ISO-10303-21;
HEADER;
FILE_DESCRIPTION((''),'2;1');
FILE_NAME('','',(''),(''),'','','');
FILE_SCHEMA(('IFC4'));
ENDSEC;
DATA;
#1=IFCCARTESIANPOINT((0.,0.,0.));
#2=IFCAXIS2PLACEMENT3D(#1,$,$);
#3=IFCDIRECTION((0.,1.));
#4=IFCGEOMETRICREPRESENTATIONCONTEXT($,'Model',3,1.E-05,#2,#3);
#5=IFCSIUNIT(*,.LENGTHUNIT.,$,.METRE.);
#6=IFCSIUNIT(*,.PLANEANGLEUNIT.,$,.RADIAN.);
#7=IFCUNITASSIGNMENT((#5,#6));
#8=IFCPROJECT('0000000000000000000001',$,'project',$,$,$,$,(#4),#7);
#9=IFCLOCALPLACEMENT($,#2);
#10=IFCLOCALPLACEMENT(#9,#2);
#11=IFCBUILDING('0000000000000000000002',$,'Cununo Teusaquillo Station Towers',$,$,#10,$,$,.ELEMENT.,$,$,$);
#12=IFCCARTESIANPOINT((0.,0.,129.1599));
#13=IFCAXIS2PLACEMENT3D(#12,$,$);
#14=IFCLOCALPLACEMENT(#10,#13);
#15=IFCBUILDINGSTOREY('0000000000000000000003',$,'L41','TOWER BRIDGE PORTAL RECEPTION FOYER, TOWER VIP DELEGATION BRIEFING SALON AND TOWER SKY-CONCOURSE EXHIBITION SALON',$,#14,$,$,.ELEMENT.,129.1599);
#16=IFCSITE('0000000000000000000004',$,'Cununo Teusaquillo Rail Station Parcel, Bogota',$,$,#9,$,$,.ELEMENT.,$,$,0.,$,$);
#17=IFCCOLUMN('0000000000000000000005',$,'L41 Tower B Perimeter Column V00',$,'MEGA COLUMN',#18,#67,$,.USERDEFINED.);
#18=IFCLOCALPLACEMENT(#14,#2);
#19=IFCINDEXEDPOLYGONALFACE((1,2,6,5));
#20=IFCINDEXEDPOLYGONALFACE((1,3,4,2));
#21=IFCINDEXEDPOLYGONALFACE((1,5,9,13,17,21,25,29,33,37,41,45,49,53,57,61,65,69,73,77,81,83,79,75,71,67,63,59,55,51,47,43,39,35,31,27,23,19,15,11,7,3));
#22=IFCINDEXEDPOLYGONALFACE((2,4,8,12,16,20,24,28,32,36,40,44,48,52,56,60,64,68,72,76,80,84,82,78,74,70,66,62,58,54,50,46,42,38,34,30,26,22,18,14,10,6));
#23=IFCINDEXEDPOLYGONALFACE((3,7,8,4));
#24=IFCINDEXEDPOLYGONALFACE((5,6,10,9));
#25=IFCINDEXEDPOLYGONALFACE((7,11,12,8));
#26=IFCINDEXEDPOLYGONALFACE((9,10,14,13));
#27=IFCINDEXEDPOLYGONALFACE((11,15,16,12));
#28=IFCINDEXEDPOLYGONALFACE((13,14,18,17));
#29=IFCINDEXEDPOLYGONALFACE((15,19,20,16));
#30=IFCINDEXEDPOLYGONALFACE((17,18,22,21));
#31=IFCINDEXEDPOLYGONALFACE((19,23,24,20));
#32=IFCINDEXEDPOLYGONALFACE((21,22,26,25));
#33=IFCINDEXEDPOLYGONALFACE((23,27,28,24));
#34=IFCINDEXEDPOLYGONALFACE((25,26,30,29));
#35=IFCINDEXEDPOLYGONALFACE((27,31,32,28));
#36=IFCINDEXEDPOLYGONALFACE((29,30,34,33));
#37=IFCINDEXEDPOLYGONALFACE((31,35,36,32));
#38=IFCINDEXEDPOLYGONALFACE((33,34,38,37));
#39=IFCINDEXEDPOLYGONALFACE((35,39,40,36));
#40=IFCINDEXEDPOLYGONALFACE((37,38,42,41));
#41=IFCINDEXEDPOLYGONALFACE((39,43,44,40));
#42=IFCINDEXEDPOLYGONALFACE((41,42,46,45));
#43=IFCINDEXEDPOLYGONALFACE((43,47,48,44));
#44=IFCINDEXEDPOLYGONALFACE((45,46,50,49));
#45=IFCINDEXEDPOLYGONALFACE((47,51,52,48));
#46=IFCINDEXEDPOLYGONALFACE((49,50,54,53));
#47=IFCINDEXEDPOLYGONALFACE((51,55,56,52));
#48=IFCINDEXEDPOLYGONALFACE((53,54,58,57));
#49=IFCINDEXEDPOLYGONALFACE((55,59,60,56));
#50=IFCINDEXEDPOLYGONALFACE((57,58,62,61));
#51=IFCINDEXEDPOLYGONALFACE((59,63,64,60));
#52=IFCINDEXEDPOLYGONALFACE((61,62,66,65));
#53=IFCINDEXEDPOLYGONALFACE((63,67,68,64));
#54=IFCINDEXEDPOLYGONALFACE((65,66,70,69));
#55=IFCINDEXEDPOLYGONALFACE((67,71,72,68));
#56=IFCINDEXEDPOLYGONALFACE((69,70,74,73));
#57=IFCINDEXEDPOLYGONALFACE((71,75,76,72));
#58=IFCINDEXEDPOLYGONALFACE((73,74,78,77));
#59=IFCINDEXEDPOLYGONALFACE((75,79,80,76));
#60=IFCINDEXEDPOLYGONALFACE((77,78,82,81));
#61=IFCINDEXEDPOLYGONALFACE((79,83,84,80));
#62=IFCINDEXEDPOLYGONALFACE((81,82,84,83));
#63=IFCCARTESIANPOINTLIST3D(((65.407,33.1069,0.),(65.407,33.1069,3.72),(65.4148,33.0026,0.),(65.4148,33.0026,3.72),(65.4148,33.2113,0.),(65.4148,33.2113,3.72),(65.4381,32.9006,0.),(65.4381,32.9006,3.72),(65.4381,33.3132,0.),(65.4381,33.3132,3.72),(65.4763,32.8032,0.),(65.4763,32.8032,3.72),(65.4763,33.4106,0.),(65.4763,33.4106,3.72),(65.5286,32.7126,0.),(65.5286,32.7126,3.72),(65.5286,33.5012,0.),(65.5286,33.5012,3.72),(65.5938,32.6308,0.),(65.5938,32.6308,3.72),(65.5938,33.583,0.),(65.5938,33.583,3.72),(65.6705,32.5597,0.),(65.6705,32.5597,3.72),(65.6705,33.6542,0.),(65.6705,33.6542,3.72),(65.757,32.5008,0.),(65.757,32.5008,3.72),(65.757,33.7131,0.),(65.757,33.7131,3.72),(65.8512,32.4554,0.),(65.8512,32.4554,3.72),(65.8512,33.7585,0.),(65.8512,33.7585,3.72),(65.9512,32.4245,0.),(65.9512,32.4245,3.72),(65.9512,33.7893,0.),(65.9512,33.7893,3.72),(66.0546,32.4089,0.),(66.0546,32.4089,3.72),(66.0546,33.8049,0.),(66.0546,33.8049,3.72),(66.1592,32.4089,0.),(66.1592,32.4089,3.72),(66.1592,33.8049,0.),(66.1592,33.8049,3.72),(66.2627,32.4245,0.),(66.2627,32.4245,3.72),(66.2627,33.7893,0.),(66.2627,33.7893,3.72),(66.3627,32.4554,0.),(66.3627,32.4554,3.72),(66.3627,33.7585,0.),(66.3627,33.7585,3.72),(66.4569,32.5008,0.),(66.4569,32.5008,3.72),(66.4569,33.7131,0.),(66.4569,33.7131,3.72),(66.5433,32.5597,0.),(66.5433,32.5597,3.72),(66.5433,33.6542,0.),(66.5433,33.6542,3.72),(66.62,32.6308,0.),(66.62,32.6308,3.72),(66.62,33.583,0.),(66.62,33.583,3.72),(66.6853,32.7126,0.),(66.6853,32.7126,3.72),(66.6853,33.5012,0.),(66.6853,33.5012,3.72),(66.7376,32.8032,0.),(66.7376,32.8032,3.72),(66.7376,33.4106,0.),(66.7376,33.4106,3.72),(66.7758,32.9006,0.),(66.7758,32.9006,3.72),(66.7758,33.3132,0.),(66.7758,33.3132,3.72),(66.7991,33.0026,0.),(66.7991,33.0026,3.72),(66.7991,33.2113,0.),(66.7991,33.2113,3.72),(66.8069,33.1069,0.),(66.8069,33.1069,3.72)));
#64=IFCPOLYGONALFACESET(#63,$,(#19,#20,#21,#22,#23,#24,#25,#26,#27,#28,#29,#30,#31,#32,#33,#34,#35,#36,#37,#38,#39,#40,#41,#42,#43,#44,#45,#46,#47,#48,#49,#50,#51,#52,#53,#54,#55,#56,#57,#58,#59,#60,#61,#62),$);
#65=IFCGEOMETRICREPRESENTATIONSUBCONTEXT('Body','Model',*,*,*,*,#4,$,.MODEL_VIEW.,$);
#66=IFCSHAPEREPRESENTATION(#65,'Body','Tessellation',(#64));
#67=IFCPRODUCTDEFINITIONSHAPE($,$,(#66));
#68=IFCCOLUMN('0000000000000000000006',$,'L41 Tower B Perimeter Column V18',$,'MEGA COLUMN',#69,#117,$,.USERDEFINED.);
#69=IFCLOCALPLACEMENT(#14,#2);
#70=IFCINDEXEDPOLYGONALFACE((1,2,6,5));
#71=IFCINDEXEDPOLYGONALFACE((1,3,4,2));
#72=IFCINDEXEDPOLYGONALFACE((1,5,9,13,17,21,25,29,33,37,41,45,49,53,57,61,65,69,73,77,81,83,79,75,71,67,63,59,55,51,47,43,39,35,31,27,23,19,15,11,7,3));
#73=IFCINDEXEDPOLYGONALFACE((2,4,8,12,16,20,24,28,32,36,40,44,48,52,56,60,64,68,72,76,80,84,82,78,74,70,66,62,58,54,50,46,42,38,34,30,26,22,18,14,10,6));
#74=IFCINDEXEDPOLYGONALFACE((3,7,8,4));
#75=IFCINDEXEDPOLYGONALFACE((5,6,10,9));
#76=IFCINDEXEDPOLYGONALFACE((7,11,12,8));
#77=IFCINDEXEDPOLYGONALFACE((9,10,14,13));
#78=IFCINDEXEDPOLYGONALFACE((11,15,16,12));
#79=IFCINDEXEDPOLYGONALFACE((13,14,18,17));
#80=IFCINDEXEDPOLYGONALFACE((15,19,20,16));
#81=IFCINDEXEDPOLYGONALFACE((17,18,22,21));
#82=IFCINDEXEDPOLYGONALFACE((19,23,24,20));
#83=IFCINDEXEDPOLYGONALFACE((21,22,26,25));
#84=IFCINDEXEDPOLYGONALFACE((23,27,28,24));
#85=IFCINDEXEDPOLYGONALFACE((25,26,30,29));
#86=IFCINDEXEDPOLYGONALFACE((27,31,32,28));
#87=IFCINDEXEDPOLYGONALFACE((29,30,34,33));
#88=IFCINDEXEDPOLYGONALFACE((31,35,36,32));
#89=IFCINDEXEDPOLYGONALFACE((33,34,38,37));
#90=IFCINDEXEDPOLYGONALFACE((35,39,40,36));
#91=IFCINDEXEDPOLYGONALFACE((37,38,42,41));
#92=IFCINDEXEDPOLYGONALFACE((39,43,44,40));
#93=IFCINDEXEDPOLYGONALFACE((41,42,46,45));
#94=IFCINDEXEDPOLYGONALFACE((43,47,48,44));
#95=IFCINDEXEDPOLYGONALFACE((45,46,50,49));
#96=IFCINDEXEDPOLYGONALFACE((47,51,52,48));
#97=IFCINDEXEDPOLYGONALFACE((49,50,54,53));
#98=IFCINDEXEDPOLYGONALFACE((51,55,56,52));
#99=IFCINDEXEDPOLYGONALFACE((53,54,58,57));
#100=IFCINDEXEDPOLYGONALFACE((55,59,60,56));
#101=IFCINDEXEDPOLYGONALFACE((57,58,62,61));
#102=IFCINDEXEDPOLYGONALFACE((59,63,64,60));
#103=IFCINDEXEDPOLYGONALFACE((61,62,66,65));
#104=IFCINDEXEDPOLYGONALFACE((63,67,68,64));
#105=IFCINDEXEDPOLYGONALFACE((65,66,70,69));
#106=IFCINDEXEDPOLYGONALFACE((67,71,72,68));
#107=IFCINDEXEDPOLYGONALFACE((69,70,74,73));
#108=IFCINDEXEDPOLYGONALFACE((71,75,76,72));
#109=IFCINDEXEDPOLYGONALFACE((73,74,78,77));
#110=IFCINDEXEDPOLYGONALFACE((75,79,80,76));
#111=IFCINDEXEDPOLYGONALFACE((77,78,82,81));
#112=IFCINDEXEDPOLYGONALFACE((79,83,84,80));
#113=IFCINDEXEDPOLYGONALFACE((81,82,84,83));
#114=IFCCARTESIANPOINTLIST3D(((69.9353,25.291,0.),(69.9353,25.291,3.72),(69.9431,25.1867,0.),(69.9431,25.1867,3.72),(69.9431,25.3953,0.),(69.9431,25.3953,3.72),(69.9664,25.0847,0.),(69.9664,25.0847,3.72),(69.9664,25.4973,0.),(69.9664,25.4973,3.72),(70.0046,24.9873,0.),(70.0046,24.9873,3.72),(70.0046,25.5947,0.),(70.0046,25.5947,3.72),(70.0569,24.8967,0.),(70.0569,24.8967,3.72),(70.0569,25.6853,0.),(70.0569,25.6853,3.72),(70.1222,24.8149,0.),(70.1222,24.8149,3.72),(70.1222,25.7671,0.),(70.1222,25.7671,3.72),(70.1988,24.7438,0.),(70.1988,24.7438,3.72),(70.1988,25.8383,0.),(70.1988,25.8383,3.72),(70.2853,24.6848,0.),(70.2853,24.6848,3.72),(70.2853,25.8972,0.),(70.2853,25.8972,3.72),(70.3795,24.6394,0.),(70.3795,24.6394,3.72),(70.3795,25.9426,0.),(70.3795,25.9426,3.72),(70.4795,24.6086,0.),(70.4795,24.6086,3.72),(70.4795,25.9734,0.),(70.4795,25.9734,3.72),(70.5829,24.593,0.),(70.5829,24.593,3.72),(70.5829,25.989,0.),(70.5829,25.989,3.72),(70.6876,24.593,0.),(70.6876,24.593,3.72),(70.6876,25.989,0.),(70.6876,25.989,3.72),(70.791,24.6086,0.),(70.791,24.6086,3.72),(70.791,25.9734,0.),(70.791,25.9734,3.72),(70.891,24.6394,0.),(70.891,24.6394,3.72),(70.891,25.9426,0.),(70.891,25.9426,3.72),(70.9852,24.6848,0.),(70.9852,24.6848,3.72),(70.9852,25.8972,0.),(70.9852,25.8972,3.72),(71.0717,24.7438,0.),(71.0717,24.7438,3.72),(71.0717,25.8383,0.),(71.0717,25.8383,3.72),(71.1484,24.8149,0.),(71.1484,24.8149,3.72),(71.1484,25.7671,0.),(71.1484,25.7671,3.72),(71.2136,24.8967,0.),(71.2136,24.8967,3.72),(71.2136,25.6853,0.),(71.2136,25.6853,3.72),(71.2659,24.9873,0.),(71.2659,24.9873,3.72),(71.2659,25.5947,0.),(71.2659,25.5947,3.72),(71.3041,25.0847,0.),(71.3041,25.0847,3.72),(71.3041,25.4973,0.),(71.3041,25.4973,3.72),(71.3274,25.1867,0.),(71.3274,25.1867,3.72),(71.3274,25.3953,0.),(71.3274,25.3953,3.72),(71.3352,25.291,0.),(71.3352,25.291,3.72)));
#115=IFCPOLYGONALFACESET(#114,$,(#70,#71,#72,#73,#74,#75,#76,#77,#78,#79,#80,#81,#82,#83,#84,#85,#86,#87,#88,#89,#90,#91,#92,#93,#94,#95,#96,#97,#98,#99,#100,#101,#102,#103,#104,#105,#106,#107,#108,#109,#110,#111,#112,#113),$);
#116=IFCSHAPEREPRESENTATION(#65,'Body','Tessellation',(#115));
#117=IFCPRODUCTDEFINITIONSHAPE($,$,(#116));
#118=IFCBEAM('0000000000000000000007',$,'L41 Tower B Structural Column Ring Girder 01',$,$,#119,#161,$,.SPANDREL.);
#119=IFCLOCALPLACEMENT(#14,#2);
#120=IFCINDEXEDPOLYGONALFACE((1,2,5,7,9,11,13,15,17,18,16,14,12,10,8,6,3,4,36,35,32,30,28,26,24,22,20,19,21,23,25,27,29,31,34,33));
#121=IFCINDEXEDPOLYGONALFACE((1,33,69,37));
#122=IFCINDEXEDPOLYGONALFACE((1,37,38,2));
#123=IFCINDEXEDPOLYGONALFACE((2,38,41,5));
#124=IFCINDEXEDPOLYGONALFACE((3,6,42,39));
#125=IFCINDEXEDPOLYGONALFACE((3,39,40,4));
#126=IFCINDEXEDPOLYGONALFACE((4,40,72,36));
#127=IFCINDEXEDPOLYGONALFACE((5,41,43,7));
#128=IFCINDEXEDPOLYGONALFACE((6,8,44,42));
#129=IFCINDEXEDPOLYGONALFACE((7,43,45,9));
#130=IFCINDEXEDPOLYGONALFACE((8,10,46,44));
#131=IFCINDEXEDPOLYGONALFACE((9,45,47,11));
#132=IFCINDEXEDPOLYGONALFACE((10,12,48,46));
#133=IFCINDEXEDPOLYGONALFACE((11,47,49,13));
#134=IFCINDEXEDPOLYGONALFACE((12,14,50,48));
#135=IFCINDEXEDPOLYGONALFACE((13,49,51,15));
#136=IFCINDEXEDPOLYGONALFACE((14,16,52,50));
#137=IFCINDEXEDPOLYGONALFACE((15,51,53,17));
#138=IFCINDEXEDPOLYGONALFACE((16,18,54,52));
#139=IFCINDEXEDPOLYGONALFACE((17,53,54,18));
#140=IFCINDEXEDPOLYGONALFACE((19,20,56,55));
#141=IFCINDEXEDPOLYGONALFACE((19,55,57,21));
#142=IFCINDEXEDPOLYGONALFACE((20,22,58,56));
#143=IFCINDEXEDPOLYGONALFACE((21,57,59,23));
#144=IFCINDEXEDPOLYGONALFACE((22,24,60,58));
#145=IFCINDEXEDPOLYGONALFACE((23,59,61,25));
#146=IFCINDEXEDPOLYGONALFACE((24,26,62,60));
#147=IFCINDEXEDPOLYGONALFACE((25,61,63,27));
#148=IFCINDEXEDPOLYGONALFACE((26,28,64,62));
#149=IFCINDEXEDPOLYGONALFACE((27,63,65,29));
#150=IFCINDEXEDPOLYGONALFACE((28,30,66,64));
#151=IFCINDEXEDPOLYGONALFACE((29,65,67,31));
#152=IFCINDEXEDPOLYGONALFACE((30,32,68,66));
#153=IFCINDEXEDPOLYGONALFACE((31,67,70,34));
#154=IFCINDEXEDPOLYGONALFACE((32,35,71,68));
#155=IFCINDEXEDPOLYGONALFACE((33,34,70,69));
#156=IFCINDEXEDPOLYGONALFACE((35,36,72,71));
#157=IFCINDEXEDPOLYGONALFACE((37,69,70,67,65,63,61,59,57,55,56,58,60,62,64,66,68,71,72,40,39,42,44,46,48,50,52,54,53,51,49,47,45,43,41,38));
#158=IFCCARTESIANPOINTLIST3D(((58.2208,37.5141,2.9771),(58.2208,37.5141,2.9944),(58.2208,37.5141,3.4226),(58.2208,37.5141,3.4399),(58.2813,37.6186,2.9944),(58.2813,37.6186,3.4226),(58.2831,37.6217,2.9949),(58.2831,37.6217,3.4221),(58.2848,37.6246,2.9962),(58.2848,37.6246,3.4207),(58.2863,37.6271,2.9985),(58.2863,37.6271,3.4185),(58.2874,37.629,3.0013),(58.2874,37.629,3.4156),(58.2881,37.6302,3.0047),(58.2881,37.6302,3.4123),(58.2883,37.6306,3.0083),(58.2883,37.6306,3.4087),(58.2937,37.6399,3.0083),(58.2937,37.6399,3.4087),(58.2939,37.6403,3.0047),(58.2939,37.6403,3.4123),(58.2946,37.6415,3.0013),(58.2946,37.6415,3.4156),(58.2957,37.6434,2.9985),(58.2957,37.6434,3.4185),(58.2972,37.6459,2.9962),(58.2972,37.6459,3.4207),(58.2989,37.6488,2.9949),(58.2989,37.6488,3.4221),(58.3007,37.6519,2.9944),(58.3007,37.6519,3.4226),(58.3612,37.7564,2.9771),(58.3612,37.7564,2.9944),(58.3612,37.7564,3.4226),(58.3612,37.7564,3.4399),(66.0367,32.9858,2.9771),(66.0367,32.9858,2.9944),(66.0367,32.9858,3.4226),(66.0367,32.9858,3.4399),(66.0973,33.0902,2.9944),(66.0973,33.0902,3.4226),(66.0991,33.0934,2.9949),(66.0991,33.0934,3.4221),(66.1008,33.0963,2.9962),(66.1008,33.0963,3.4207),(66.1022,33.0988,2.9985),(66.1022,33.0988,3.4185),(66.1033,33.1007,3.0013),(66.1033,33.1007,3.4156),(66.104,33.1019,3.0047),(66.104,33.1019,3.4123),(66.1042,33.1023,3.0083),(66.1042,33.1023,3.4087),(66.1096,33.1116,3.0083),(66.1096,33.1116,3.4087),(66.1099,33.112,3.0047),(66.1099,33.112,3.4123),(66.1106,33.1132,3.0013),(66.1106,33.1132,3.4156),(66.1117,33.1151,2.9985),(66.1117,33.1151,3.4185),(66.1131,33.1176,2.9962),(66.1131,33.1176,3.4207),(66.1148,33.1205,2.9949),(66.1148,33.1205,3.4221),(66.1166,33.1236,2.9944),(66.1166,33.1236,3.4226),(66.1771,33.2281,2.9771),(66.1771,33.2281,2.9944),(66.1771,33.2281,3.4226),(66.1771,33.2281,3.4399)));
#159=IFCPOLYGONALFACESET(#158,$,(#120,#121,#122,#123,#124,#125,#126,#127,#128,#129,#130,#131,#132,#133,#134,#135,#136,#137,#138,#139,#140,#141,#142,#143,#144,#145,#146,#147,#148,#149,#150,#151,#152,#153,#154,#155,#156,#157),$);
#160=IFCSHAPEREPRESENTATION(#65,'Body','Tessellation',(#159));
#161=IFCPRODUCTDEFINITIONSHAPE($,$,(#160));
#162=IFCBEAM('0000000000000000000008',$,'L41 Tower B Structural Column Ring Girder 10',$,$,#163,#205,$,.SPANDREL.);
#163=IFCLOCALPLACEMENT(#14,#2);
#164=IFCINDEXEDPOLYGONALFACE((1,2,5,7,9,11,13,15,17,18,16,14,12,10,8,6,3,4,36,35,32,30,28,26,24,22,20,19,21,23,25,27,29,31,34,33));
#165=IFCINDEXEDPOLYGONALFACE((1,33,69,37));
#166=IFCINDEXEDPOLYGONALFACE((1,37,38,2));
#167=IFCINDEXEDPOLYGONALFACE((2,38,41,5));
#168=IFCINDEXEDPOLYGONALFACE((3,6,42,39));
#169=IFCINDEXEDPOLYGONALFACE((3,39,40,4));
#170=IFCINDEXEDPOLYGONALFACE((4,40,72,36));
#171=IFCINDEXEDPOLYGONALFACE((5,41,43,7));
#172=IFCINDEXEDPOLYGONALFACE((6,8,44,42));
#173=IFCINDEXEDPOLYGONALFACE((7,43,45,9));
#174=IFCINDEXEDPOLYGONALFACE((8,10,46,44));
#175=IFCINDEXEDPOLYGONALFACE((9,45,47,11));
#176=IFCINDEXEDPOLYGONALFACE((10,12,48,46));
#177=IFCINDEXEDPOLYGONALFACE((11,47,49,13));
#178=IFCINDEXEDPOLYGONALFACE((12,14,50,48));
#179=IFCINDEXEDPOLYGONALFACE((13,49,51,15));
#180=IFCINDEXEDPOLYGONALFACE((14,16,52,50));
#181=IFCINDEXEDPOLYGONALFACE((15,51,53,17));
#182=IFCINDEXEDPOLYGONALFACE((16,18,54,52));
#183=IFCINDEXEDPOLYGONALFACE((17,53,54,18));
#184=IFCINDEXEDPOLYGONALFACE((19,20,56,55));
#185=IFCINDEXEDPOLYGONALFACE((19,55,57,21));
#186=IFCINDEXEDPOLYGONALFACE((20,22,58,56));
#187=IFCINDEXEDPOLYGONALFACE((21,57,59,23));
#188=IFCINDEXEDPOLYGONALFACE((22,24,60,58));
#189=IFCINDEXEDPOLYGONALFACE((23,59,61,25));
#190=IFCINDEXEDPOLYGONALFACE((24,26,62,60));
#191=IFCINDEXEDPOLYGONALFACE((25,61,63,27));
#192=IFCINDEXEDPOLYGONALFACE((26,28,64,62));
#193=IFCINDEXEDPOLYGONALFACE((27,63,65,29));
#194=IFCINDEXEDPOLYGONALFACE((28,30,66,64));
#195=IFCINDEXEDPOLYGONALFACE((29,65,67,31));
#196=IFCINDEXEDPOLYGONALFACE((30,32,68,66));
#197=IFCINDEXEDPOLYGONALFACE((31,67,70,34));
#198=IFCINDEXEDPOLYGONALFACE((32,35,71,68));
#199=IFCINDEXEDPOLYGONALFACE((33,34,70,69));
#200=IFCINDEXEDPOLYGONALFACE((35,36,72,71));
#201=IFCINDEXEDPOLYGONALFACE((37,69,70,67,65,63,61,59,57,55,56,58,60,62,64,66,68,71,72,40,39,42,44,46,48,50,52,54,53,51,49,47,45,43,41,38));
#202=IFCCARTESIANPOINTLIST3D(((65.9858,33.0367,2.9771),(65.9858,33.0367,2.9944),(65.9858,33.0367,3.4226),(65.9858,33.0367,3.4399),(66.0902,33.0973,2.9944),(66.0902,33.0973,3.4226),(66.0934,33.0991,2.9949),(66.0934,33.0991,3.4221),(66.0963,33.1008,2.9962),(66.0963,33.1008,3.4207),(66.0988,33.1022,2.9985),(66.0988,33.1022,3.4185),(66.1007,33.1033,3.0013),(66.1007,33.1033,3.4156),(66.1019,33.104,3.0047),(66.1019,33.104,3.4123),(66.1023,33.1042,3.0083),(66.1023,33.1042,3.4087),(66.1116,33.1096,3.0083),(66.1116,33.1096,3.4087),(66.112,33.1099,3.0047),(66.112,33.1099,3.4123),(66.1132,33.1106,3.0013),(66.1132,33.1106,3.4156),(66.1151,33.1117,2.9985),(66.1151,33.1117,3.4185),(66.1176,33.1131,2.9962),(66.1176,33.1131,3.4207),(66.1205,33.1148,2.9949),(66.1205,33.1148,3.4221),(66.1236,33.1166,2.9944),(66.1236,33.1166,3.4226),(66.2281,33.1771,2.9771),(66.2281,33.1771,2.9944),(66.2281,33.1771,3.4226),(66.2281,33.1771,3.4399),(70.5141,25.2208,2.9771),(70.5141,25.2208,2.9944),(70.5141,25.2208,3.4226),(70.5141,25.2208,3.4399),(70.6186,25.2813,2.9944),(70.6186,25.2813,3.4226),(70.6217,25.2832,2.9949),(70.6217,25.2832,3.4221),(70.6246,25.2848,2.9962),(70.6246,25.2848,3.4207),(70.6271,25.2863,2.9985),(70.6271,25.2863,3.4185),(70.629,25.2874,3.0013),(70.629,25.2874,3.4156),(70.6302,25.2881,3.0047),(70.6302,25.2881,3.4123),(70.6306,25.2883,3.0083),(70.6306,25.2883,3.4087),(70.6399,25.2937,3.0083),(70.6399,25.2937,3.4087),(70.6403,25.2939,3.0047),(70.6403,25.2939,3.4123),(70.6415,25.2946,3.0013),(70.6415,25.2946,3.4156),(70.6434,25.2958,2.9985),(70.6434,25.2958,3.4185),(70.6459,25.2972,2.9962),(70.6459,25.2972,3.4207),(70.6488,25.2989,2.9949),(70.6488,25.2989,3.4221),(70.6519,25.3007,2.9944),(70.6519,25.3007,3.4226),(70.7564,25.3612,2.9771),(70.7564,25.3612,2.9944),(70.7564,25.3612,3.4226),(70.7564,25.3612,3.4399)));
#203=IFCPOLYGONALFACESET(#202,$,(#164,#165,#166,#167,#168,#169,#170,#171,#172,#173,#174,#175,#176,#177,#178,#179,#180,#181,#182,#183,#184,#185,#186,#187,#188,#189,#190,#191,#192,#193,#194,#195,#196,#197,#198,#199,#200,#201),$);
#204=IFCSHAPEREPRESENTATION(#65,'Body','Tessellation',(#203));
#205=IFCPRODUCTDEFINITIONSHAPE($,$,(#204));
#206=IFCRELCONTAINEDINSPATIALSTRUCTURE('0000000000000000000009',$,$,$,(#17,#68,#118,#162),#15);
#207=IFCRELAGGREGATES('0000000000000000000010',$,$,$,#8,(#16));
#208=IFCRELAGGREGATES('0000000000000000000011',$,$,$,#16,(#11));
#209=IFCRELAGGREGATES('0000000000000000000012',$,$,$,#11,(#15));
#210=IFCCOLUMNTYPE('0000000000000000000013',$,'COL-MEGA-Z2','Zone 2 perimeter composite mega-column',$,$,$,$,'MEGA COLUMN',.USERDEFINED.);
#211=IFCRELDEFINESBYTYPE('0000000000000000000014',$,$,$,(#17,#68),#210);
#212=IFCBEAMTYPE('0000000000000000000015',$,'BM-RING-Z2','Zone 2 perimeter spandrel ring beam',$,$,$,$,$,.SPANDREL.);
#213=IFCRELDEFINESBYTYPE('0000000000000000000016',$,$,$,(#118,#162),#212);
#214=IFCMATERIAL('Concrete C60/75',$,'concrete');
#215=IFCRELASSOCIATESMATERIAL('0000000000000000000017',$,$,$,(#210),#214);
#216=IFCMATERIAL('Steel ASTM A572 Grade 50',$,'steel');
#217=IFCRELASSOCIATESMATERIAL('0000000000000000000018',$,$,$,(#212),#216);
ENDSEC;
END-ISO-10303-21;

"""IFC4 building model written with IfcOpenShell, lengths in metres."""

from ifc_helpers import new_model, si_unit, direction, frame, origin, origin_2d, place, context, subcontext, project, spatial, circle, i_section, extrude, material, material_profile, profile_set, type_object, element, save


model = new_model("IFC4")

# Units and contexts
model_context = context("Model", 3, precision=1e-05, world=origin(), true_north=direction((0.0, 1.0)))
body_context = subcontext(model_context, "Body", "Model", "MODEL_VIEW")
ifc_project = project(units=[si_unit("LENGTHUNIT", "METRE"), si_unit("PLANEANGLEUNIT", "RADIAN")], contexts=[model_context])

# Site, building, storey
site_placement = place(None, origin())
site = spatial("IfcSite", under=ifc_project, at=site_placement, Name="Cununo Teusaquillo Rail Station Parcel, Bogota", CompositionType="ELEMENT", RefElevation=0.0)
building_placement = place(site_placement, origin())
building = spatial("IfcBuilding", under=site, at=building_placement, Name="Cununo Teusaquillo Station Towers", CompositionType="ELEMENT")
storey_placement = place(building_placement, frame((0.0, 0.0, 129.1599)))
storey = spatial("IfcBuildingStorey", under=building, at=storey_placement, Name="L41", Description="TOWER BRIDGE PORTAL RECEPTION FOYER, TOWER VIP DELEGATION BRIEFING SALON AND TOWER SKY-CONCOURSE EXHIBITION SALON", CompositionType="ELEMENT", Elevation=129.1599)

# Columns
ifc_material_1 = material(Name="Concrete C60/75", Category="concrete")
ifc_material_profile_1 = material_profile(ifc_material_1, circle(Radius=0.7, at=origin_2d()), Name="RC-CIRC-1400")
ifc_profile_set_1 = profile_set([ifc_material_profile_1], Name="Concrete C60/75")
column_type = type_object("IfcColumnType", Name="COL-MEGA-Z2", Description="Zone 2 perimeter composite mega-column", ElementType="MEGA COLUMN", PredefinedType="USERDEFINED", material=ifc_profile_set_1)
for number, where, z_axis, x_axis, name in (
    (1, (66.1069, 33.1069, 0.0), (0.0, 0.0, 1.0), (1.0, 0.0, 0.0), "L41 Tower B Perimeter Column V00"),
    (2, (70.6353, 25.291, 0.0), (0.0, 0.0, 1.0), (1.0, 0.0, 0.0), "L41 Tower B Perimeter Column V18"),
):
    element("IfcColumn", number, at=place(storey_placement, frame(where, z_axis=z_axis, x_axis=x_axis)), inside=storey, type_object=column_type, Name=name, ObjectType="MEGA COLUMN", PredefinedType="USERDEFINED", context=body_context, shape_type="SweptSolid", body=[
        extrude(circle(Radius=0.7, at=origin_2d()), origin(), (0.0, 0.0, 1.0), 3.72),
    ])

# Beams
ifc_material_2 = material(Name="Steel ASTM A572 Grade 50", Category="steel")
ifc_material_profile_2 = material_profile(ifc_material_2, i_section(OverallWidth=0.28, OverallDepth=0.4629, WebThickness=0.0107, FlangeThickness=0.0173, FilletRadius=0.0139, at=origin_2d()), Name="W18X76")
ifc_profile_set_2 = profile_set([ifc_material_profile_2], Name="Steel ASTM A572 Grade 50")
beam_type = type_object("IfcBeamType", Name="BM-RING-Z2", Description="Zone 2 perimeter spandrel ring beam", PredefinedType="SPANDREL", material=ifc_profile_set_2)
for number, where, z_axis, x_axis, name in (
    (3, (66.1069, 33.1069, 3.2085), (-0.865267, 0.501311, 0.0), (-0.501311, -0.865267, 0.0), "L41 Tower B Structural Column Ring Girder 01"),
    (4, (70.6353, 25.291, 3.2085), (-0.501311, 0.865267, 0.0), (-0.865267, -0.501311, 0.0), "L41 Tower B Structural Column Ring Girder 10"),
):
    element("IfcBeam", number, at=place(storey_placement, frame(where, z_axis=z_axis, x_axis=x_axis)), inside=storey, type_object=beam_type, Name=name, PredefinedType="SPANDREL", context=body_context, shape_type="SweptSolid", body=[
        extrude(i_section(OverallWidth=0.28, OverallDepth=0.4629, WebThickness=0.0107, FlangeThickness=0.0173, FilletRadius=0.0139, at=origin_2d()), origin(), (0.0, 0.0, 1.0), 9.033),
    ])

save(model, "model.ifc")
